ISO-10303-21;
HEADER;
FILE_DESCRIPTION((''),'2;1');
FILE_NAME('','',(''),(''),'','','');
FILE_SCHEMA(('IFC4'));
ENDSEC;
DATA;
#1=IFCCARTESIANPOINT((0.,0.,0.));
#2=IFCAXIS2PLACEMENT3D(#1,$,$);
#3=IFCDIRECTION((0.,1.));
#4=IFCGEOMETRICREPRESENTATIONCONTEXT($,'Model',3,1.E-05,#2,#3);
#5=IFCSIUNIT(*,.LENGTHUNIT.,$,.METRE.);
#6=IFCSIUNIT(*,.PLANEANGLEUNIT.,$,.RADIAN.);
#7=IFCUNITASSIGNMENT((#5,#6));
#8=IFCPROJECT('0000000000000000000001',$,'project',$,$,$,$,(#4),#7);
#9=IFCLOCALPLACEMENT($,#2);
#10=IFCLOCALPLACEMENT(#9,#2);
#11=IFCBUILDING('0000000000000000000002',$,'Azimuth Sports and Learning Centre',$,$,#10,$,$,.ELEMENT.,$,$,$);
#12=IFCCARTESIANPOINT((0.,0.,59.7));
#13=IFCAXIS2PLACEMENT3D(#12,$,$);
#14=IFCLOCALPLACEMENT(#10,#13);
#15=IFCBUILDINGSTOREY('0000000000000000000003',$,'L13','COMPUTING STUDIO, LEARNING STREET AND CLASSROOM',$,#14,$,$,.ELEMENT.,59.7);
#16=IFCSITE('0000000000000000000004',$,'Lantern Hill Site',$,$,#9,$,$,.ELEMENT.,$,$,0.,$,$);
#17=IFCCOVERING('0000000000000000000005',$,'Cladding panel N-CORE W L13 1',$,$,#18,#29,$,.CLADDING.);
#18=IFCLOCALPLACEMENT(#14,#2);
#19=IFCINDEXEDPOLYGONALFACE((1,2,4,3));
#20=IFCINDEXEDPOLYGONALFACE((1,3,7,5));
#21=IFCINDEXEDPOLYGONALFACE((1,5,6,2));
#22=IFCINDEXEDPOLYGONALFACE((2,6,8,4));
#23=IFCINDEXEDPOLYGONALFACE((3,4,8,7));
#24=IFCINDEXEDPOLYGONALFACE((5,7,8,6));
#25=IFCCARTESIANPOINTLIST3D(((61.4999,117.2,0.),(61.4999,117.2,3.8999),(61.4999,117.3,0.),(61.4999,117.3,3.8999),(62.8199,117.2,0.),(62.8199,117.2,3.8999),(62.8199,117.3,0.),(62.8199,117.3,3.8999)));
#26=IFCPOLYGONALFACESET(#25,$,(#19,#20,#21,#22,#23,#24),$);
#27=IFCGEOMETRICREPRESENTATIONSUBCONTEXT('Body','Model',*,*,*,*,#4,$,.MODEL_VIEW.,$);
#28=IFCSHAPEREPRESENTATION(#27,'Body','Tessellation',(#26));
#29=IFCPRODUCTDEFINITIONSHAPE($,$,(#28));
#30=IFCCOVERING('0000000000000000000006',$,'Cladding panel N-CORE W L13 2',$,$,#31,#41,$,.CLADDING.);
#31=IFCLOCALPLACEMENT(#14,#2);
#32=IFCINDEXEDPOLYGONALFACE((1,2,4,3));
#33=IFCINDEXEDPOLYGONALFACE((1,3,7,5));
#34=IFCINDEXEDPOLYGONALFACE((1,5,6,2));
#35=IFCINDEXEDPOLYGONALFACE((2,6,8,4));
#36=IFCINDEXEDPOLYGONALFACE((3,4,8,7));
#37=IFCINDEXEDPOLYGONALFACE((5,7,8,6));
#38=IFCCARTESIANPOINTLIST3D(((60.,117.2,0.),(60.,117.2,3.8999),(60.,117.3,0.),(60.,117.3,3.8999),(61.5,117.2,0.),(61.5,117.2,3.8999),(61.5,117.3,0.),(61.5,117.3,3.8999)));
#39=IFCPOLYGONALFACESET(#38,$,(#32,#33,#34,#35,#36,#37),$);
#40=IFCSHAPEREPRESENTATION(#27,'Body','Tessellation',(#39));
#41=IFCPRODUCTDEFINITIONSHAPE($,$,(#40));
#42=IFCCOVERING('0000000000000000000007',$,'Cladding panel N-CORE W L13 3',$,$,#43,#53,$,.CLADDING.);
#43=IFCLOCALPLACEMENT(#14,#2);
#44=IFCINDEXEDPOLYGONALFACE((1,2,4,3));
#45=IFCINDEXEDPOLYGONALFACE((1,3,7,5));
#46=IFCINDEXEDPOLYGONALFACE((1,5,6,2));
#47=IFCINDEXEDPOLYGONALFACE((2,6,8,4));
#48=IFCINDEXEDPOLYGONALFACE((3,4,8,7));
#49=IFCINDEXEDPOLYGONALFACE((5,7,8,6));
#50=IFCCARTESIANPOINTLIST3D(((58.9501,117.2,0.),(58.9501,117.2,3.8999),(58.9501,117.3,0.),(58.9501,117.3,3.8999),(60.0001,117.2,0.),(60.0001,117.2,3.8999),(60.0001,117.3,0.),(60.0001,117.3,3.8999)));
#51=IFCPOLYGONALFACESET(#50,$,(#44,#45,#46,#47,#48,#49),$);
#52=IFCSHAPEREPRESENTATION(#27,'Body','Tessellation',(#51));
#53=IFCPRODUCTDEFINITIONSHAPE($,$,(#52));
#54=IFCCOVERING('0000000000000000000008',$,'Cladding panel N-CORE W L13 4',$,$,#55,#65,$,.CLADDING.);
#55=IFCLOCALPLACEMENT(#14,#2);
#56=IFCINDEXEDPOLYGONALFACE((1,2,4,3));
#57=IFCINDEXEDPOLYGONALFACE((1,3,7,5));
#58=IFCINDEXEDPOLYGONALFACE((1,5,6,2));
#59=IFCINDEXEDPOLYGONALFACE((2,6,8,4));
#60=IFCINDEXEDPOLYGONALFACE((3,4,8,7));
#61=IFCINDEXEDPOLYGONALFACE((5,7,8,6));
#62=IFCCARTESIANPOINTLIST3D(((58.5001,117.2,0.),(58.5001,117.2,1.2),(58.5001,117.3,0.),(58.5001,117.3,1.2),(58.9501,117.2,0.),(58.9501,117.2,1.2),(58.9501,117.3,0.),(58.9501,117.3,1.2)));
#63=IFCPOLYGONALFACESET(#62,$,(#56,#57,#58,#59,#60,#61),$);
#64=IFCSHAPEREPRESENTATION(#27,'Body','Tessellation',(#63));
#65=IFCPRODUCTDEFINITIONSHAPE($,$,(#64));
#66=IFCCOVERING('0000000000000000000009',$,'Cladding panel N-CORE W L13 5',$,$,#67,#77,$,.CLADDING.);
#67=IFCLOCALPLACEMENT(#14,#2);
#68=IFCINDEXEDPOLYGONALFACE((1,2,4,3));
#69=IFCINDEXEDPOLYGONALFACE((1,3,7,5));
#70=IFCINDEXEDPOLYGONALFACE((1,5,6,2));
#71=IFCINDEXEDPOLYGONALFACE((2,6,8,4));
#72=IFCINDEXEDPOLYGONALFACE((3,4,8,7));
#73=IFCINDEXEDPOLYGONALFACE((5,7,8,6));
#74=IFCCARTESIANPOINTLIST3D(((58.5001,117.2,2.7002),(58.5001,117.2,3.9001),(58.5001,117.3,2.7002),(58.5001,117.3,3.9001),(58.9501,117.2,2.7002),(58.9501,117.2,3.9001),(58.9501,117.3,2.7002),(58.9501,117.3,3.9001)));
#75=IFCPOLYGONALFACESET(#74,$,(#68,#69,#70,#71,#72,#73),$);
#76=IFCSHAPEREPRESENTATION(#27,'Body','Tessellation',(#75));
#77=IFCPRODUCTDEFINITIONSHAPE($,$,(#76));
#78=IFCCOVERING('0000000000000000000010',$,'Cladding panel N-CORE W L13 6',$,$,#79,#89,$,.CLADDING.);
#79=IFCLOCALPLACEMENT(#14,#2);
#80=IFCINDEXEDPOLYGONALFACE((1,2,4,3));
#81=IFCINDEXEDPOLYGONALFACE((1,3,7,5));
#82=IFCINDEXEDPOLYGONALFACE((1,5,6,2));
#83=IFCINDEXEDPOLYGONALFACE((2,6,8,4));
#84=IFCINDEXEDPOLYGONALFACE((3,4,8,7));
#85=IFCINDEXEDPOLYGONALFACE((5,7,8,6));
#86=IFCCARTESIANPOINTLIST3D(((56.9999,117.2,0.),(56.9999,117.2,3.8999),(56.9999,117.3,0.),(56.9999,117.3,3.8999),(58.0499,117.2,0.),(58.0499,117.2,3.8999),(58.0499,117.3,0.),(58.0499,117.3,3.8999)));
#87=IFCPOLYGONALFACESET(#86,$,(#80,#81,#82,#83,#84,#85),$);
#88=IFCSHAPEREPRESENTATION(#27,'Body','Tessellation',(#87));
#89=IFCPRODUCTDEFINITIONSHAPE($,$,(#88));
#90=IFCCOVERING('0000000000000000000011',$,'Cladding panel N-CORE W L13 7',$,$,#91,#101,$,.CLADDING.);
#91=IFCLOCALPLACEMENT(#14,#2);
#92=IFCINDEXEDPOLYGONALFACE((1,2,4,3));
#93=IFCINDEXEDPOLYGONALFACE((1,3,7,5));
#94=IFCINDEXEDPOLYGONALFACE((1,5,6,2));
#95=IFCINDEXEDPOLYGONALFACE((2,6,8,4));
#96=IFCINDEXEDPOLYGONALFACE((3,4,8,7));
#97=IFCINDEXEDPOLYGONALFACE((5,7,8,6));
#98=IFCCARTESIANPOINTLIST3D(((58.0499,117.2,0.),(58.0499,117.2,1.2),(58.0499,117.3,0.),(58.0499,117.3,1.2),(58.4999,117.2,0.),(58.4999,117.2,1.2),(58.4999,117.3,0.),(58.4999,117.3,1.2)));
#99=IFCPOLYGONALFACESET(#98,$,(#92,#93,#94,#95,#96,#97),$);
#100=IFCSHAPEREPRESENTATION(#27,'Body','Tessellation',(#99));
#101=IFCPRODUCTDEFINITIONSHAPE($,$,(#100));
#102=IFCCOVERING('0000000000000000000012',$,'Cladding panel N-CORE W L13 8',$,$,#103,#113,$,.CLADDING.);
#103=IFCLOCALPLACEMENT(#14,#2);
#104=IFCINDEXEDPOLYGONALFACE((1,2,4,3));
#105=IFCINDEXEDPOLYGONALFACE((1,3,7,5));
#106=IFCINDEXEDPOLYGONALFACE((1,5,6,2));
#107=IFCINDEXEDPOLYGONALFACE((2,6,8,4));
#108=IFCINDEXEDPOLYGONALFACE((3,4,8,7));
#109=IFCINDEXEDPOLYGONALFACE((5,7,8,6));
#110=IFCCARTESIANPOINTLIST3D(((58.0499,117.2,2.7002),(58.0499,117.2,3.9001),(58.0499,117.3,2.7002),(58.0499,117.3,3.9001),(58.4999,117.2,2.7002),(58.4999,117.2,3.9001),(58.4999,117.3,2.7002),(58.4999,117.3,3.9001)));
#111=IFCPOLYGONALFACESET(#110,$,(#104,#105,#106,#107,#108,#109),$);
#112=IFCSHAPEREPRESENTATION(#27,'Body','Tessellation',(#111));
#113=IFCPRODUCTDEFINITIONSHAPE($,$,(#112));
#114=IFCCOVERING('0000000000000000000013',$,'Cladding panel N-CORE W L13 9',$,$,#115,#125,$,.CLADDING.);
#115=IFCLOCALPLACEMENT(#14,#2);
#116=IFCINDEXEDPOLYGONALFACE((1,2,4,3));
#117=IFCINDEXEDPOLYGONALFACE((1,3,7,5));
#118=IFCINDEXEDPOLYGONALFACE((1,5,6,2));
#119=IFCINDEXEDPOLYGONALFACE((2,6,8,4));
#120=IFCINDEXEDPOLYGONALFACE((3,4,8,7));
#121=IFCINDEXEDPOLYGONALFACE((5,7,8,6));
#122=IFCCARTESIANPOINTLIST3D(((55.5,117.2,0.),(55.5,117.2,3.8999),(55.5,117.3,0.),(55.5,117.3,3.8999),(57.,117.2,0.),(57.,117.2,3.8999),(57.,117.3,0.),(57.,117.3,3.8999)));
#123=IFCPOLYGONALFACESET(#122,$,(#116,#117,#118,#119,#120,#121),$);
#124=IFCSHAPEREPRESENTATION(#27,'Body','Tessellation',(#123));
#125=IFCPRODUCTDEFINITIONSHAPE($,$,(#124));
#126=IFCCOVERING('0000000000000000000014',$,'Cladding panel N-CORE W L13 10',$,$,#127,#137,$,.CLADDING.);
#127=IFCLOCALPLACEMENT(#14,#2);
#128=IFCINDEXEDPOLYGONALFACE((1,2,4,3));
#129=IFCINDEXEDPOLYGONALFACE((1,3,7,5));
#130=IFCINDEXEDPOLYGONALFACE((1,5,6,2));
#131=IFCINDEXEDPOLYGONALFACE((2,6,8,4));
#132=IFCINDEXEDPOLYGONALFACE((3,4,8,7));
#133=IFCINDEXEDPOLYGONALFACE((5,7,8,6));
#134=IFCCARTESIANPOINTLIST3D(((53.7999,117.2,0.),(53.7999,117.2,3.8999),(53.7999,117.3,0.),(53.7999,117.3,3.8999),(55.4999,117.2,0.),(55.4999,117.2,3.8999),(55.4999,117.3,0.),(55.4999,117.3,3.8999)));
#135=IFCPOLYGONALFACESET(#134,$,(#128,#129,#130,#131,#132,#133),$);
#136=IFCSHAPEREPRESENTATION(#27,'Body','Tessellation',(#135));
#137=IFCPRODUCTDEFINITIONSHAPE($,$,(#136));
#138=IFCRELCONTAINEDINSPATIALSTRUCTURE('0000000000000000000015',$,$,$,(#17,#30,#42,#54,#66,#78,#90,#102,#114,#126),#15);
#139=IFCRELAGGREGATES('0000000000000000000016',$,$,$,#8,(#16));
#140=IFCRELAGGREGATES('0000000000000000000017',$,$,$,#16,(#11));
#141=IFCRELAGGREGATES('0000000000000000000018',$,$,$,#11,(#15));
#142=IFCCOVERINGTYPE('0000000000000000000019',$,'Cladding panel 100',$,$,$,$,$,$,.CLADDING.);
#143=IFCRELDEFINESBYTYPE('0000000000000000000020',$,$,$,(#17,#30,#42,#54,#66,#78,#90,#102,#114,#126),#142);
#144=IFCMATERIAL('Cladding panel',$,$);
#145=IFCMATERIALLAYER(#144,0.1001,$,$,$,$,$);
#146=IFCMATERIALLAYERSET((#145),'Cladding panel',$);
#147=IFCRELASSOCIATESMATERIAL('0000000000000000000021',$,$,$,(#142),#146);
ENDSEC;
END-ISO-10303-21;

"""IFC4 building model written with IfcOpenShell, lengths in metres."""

from ifc_helpers import new_model, si_unit, direction, frame, origin, origin_2d, place, context, subcontext, project, spatial, rectangle, extrude, material, layer, layer_set, type_object, element, save


model = new_model("IFC4")

# Units and contexts
model_context = context("Model", 3, precision=1e-05, world=origin(), true_north=direction((0.0, 1.0)))
body_context = subcontext(model_context, "Body", "Model", "MODEL_VIEW")
ifc_project = project(units=[si_unit("LENGTHUNIT", "METRE"), si_unit("PLANEANGLEUNIT", "RADIAN")], contexts=[model_context])

# Site, building, storey
site_placement = place(None, origin())
site = spatial("IfcSite", under=ifc_project, at=site_placement, Name="Lantern Hill Site", CompositionType="ELEMENT", RefElevation=0.0)
building_placement = place(site_placement, origin())
building = spatial("IfcBuilding", under=site, at=building_placement, Name="Azimuth Sports and Learning Centre", CompositionType="ELEMENT")
storey_placement = place(building_placement, frame((0.0, 0.0, 59.7)))
storey = spatial("IfcBuildingStorey", under=building, at=storey_placement, Name="L13", Description="COMPUTING STUDIO, LEARNING STREET AND CLASSROOM", CompositionType="ELEMENT", Elevation=59.7)

# Coverings
ifc_material_1 = material(Name="Cladding panel")
ifc_layer_1 = layer(ifc_material_1, 0.1001)
ifc_layer_set_1 = layer_set([ifc_layer_1], Name="Cladding panel")
covering_type = type_object("IfcCoveringType", Name="Cladding panel 100", PredefinedType="CLADDING", material=ifc_layer_set_1)
covering_1_placement = place(storey_placement, frame((62.1599, 117.25, 0.0), z_axis=(0.0, 0.0, 1.0), x_axis=(-1.0, 0.0, 0.0)))
element("IfcCovering", 1, at=covering_1_placement, inside=storey, type_object=covering_type, Name="Cladding panel N-CORE W L13 1", PredefinedType="CLADDING", context=body_context, shape_type="SweptSolid", body=[
    extrude(rectangle(XDim=1.3201, YDim=0.1001, at=origin_2d()), origin(), (0.0, 0.0, 1.0), 3.8999),
])
covering_2_placement = place(storey_placement, frame((60.75, 117.25, 0.0), z_axis=(0.0, 0.0, 1.0), x_axis=(-1.0, 0.0, 0.0)))
element("IfcCovering", 2, at=covering_2_placement, inside=storey, type_object=covering_type, Name="Cladding panel N-CORE W L13 2", PredefinedType="CLADDING", context=body_context, shape_type="SweptSolid", body=[
    extrude(rectangle(XDim=1.5, YDim=0.1001, at=origin_2d()), origin(), (0.0, 0.0, 1.0), 3.8999),
])
covering_3_placement = place(storey_placement, frame((59.4751, 117.25, 0.0), z_axis=(0.0, 0.0, 1.0), x_axis=(-1.0, 0.0, 0.0)))
element("IfcCovering", 3, at=covering_3_placement, inside=storey, type_object=covering_type, Name="Cladding panel N-CORE W L13 3", PredefinedType="CLADDING", context=body_context, shape_type="SweptSolid", body=[
    extrude(rectangle(XDim=1.05, YDim=0.1001, at=origin_2d()), origin(), (0.0, 0.0, 1.0), 3.8999),
])
for number, where, z_axis, x_axis, name in (
    (4, (58.7251, 117.25, 0.0), (0.0, 0.0, 1.0), (-1.0, 0.0, 0.0), "Cladding panel N-CORE W L13 4"),
    (5, (58.7251, 117.25, 2.7002), (0.0, 0.0, 1.0), (-1.0, 0.0, 0.0), "Cladding panel N-CORE W L13 5"),
):
    element("IfcCovering", number, at=place(storey_placement, frame(where, z_axis=z_axis, x_axis=x_axis)), inside=storey, type_object=covering_type, Name=name, PredefinedType="CLADDING", context=body_context, shape_type="SweptSolid", body=[
        extrude(rectangle(XDim=0.45, YDim=0.1001, at=origin_2d()), origin(), (0.0, 0.0, 1.0), 1.2),
    ])
covering_4_placement = place(storey_placement, frame((57.5249, 117.25, 0.0), z_axis=(0.0, 0.0, 1.0), x_axis=(-1.0, 0.0, 0.0)))
element("IfcCovering", 6, at=covering_4_placement, inside=storey, type_object=covering_type, Name="Cladding panel N-CORE W L13 6", PredefinedType="CLADDING", context=body_context, shape_type="SweptSolid", body=[
    extrude(rectangle(XDim=1.05, YDim=0.1001, at=origin_2d()), origin(), (0.0, 0.0, 1.0), 3.8999),
])
for number, where, z_axis, x_axis, name in (
    (7, (58.2749, 117.25, 0.0), (0.0, 0.0, 1.0), (-1.0, 0.0, 0.0), "Cladding panel N-CORE W L13 7"),
    (8, (58.2749, 117.25, 2.7002), (0.0, 0.0, 1.0), (-1.0, 0.0, 0.0), "Cladding panel N-CORE W L13 8"),
):
    element("IfcCovering", number, at=place(storey_placement, frame(where, z_axis=z_axis, x_axis=x_axis)), inside=storey, type_object=covering_type, Name=name, PredefinedType="CLADDING", context=body_context, shape_type="SweptSolid", body=[
        extrude(rectangle(XDim=0.45, YDim=0.1001, at=origin_2d()), origin(), (0.0, 0.0, 1.0), 1.2),
    ])
covering_5_placement = place(storey_placement, frame((56.25, 117.25, 0.0), z_axis=(0.0, 0.0, 1.0), x_axis=(-1.0, 0.0, 0.0)))
element("IfcCovering", 9, at=covering_5_placement, inside=storey, type_object=covering_type, Name="Cladding panel N-CORE W L13 9", PredefinedType="CLADDING", context=body_context, shape_type="SweptSolid", body=[
    extrude(rectangle(XDim=1.5, YDim=0.1001, at=origin_2d()), origin(), (0.0, 0.0, 1.0), 3.8999),
])
covering_6_placement = place(storey_placement, frame((54.6499, 117.25, 0.0), z_axis=(0.0, 0.0, 1.0), x_axis=(-1.0, 0.0, 0.0)))
element("IfcCovering", 10, at=covering_6_placement, inside=storey, type_object=covering_type, Name="Cladding panel N-CORE W L13 10", PredefinedType="CLADDING", context=body_context, shape_type="SweptSolid", body=[
    extrude(rectangle(XDim=1.7, YDim=0.1001, at=origin_2d()), origin(), (0.0, 0.0, 1.0), 3.8999),
])

save(model, "model.ifc")
